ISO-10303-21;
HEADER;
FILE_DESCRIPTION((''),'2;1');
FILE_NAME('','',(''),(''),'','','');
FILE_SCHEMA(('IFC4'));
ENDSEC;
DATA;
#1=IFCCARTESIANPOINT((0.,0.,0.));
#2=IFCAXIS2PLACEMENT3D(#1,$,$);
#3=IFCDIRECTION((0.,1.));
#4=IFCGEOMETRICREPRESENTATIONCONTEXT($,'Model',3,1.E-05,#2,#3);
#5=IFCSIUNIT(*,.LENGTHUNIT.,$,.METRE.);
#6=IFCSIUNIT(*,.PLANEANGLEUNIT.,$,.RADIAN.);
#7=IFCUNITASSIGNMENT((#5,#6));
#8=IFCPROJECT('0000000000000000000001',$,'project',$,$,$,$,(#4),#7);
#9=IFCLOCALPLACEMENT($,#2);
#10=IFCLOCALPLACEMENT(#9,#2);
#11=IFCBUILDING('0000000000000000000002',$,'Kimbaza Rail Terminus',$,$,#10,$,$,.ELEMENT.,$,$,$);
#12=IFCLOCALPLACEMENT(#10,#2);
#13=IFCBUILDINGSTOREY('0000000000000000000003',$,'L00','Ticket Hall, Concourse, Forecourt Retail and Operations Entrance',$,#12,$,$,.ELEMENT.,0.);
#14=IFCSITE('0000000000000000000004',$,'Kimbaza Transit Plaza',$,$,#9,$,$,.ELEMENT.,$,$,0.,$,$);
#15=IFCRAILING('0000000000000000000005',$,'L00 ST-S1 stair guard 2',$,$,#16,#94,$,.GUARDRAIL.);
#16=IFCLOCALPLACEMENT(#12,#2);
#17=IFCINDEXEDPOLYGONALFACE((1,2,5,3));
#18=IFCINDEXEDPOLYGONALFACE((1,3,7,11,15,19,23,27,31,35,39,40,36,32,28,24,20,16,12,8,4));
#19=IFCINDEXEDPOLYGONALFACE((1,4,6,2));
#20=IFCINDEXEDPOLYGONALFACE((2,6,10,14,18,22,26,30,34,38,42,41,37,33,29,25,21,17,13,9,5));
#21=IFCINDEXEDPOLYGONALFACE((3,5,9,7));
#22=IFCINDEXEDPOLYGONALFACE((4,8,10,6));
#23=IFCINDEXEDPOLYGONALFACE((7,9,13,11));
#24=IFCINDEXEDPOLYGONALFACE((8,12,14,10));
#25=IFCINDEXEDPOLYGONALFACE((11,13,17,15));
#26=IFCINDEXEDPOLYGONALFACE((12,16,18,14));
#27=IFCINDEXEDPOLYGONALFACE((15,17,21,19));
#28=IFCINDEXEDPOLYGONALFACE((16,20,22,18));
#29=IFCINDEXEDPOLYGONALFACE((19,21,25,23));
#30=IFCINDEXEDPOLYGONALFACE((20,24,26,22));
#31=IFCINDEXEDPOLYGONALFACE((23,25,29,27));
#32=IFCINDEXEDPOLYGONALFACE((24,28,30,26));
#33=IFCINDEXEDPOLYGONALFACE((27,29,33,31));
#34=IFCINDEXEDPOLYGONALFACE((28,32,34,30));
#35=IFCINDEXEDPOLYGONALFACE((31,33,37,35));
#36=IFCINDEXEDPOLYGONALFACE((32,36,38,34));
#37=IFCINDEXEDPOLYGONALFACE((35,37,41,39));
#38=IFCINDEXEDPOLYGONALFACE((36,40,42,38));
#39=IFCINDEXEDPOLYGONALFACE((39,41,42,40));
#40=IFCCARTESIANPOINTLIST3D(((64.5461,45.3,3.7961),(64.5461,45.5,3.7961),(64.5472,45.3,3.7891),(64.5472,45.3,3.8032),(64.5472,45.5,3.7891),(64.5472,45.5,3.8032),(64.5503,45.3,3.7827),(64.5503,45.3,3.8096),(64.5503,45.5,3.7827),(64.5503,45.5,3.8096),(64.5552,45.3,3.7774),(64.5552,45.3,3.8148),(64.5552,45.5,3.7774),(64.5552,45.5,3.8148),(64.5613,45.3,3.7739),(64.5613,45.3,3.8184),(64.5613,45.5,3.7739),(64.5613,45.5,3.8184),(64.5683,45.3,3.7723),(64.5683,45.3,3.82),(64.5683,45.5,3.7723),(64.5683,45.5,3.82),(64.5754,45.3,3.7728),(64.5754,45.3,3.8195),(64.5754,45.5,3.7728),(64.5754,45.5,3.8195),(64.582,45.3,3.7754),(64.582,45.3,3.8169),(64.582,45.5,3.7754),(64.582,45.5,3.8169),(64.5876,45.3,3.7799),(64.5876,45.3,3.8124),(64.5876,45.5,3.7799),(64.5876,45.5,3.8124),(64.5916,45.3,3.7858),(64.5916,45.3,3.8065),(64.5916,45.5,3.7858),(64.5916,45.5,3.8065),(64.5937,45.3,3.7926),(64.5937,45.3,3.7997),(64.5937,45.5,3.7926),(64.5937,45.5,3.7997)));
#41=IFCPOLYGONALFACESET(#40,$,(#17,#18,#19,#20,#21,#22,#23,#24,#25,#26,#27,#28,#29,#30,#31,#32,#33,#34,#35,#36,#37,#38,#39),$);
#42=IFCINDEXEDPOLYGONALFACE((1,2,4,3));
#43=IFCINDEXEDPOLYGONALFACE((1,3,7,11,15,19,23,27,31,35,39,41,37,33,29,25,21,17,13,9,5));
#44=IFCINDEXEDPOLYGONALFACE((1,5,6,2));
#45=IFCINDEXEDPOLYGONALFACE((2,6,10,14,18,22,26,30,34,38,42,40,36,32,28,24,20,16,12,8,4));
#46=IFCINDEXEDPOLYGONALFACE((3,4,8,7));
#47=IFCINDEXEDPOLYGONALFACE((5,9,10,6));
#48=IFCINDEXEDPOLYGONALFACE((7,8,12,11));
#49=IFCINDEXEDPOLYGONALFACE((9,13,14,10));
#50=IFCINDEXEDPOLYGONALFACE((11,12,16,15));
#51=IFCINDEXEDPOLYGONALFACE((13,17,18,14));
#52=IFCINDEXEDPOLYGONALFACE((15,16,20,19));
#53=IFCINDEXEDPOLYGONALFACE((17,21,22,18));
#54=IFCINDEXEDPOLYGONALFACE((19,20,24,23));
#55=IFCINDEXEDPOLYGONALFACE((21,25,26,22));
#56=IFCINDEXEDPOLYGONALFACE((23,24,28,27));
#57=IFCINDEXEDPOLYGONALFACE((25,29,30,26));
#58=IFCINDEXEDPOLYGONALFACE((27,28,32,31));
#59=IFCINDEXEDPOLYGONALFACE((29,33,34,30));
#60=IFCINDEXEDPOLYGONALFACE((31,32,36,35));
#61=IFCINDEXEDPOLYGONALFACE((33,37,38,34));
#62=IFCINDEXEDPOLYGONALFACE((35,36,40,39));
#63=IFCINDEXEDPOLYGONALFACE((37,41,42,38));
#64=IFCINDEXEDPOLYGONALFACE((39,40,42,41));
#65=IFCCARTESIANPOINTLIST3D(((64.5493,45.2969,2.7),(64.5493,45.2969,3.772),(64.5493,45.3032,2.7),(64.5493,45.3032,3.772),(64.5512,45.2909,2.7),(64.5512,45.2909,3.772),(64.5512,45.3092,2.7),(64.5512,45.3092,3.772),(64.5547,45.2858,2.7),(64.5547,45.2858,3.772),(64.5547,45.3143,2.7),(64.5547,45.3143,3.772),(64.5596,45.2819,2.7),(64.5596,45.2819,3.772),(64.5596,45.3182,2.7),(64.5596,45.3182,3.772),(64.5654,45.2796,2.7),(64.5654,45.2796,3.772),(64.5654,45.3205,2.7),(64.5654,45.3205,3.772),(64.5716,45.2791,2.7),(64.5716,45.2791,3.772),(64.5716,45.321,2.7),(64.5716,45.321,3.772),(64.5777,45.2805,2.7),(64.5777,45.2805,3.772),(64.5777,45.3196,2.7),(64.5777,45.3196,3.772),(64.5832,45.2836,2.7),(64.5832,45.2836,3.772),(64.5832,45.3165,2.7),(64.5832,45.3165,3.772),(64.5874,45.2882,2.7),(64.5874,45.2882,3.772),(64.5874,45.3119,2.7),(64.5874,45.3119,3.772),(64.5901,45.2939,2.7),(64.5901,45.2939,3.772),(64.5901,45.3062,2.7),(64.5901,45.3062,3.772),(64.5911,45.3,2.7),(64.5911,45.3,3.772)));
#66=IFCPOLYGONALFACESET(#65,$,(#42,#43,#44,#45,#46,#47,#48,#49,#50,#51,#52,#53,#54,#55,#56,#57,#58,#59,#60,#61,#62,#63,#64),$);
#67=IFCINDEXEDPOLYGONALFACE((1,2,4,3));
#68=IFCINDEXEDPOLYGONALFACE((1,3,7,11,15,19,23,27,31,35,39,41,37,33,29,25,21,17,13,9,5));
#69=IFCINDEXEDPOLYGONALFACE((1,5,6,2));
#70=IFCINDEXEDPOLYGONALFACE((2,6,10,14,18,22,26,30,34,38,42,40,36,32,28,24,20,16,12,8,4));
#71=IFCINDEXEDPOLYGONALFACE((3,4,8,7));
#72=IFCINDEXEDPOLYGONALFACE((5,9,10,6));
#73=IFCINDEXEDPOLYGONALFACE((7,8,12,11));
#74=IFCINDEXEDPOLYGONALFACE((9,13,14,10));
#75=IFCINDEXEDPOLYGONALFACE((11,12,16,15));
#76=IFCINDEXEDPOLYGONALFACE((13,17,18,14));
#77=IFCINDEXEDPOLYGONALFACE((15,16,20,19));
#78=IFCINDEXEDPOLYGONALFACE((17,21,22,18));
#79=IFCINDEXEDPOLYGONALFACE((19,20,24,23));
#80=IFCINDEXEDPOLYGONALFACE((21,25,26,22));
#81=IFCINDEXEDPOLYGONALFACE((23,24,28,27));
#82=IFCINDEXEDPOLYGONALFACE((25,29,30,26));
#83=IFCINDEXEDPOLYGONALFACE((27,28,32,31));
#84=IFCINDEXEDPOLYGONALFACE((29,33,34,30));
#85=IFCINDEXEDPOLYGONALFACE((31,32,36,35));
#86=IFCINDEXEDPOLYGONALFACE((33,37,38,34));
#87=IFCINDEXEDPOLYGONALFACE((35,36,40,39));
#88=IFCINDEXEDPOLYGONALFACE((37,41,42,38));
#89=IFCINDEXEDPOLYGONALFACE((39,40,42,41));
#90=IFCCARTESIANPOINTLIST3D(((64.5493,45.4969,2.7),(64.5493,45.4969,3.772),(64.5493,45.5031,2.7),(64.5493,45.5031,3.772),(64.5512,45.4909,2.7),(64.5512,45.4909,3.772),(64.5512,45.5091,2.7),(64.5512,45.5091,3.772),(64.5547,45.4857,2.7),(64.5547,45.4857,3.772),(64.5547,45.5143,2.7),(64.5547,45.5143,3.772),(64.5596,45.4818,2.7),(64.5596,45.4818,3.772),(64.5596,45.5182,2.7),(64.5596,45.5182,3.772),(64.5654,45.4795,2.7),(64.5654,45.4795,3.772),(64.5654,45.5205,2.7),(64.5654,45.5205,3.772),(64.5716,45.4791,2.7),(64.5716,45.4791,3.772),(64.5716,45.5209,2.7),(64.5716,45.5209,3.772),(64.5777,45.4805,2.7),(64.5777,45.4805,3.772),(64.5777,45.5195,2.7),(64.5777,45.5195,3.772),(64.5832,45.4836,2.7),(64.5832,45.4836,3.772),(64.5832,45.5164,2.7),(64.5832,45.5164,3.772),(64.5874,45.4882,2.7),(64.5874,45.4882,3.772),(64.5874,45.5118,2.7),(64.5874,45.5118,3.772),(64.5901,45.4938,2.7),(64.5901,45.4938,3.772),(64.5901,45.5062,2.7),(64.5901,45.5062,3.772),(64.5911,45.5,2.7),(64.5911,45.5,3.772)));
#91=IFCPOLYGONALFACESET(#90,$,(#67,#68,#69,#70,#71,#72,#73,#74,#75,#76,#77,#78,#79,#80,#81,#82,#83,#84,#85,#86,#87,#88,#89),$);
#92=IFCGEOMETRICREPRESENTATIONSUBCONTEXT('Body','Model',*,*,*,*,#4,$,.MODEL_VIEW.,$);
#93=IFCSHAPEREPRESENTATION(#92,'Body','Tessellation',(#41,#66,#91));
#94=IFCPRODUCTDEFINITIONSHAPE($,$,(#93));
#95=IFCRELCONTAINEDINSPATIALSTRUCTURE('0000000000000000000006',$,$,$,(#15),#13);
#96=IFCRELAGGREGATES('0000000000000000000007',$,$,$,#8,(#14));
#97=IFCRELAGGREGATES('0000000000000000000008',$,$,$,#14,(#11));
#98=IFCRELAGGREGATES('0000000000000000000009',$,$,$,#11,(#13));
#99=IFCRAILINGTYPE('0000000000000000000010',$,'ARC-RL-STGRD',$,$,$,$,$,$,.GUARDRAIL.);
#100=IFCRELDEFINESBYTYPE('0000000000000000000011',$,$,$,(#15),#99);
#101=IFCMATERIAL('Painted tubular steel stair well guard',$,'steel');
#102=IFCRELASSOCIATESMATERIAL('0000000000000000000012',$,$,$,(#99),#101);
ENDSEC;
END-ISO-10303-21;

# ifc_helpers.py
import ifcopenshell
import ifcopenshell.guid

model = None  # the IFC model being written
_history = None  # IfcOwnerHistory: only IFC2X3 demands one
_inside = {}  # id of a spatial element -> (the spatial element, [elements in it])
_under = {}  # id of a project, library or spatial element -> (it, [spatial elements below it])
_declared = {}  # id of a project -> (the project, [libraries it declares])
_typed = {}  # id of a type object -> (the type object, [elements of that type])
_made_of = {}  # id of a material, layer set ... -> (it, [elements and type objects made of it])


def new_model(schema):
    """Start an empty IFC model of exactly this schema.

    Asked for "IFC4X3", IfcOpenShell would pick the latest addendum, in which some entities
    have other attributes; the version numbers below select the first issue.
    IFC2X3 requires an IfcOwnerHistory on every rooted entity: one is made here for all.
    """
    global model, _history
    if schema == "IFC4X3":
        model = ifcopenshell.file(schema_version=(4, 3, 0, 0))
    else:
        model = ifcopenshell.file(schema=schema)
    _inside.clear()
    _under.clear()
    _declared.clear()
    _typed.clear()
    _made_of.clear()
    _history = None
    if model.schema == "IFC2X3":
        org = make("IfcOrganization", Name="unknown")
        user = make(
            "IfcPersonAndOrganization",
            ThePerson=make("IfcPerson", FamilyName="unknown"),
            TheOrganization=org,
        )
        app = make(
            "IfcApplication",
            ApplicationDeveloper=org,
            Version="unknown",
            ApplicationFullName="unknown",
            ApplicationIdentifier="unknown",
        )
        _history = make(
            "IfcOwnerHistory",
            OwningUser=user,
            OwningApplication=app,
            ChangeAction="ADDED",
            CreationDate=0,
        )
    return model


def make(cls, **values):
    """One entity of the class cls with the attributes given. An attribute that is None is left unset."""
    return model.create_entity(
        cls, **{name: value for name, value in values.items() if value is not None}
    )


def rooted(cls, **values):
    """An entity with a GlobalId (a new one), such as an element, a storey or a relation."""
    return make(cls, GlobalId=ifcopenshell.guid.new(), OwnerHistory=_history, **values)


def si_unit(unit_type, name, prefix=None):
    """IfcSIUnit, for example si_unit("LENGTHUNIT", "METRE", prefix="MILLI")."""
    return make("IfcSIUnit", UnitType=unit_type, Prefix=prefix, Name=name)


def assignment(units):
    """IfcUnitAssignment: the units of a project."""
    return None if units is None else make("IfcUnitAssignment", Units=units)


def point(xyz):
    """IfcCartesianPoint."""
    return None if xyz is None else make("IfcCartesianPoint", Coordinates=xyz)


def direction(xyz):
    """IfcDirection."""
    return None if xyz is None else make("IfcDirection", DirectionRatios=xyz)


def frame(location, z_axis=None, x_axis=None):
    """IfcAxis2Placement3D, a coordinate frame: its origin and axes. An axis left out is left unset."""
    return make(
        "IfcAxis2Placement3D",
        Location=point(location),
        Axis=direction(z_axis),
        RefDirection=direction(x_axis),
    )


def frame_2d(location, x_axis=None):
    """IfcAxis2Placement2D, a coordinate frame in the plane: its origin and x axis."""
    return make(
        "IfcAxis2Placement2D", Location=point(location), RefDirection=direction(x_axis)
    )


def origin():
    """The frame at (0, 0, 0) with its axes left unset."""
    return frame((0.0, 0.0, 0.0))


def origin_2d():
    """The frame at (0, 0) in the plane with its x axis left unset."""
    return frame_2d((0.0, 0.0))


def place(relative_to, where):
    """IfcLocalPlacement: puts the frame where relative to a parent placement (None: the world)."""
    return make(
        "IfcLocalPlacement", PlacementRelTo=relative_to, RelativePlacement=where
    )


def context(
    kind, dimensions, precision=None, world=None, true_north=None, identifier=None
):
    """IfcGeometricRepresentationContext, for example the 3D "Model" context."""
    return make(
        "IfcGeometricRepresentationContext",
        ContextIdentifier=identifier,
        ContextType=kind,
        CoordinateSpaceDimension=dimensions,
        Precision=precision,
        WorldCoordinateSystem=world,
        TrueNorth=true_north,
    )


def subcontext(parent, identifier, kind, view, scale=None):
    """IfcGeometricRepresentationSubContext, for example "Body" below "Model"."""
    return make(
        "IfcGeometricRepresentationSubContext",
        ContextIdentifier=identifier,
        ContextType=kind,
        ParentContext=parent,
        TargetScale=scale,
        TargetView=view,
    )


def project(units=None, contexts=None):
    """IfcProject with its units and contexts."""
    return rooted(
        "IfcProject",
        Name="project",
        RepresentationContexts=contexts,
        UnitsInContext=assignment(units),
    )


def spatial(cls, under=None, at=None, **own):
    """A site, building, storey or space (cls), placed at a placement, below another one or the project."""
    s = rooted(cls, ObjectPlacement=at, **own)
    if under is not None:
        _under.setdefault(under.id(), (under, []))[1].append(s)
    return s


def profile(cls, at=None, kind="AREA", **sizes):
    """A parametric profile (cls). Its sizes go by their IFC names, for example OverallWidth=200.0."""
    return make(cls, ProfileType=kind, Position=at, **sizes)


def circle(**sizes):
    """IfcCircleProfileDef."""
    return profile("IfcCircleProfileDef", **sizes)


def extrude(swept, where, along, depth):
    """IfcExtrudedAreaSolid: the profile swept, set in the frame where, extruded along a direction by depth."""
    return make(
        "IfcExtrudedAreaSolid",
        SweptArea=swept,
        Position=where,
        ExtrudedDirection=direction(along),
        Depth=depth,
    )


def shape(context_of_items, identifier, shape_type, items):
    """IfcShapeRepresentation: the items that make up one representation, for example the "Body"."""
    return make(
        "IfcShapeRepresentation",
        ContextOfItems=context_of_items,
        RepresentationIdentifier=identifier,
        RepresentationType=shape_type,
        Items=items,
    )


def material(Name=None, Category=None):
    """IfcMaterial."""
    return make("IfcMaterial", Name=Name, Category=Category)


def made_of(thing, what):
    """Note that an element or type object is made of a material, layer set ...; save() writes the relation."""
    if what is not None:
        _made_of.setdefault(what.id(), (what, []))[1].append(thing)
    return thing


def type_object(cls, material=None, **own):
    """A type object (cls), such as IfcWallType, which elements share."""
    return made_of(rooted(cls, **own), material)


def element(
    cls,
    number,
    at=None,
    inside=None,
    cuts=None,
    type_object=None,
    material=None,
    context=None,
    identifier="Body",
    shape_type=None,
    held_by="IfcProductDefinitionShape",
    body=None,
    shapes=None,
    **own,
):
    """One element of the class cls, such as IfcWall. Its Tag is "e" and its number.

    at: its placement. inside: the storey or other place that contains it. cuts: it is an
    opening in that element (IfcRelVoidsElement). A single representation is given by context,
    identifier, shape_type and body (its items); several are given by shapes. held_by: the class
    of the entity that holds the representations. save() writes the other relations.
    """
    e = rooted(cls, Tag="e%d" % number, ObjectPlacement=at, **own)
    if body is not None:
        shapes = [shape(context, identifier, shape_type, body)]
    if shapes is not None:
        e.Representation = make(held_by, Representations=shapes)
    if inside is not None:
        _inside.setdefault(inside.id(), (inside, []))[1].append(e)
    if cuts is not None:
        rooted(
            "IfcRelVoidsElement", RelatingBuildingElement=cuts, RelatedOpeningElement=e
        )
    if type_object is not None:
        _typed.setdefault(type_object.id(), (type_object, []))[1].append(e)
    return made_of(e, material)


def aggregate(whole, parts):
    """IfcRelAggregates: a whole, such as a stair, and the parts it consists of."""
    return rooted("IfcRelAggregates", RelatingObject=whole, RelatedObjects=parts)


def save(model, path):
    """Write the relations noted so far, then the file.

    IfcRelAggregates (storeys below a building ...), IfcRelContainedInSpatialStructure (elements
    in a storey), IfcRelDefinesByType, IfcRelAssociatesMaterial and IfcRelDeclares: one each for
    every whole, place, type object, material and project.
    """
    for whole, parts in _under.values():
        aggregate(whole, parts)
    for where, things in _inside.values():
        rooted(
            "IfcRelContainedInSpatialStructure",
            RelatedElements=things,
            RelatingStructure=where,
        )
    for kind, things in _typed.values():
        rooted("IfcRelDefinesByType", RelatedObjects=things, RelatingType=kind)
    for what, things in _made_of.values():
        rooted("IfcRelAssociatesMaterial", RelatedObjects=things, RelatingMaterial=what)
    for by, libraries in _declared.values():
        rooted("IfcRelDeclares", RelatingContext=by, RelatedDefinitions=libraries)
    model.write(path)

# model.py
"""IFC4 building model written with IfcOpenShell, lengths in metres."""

from ifc_helpers import new_model, si_unit, direction, frame, origin, origin_2d, place, context, subcontext, project, spatial, circle, extrude, material, type_object, element, save


model = new_model("IFC4")

# Units and contexts
model_context = context("Model", 3, precision=1e-05, world=origin(), true_north=direction((0.0, 1.0)))
body_context = subcontext(model_context, "Body", "Model", "MODEL_VIEW")
ifc_project = project(units=[si_unit("LENGTHUNIT", "METRE"), si_unit("PLANEANGLEUNIT", "RADIAN")], contexts=[model_context])

# Site, building, storey
site_placement = place(None, origin())
site = spatial("IfcSite", under=ifc_project, at=site_placement, Name="Kimbaza Transit Plaza", CompositionType="ELEMENT", RefElevation=0.0)
building_placement = place(site_placement, origin())
building = spatial("IfcBuilding", under=site, at=building_placement, Name="Kimbaza Rail Terminus", CompositionType="ELEMENT")
storey_placement = place(building_placement, origin())
storey = spatial("IfcBuildingStorey", under=building, at=storey_placement, Name="L00", Description="Ticket Hall, Concourse, Forecourt Retail and Operations Entrance", CompositionType="ELEMENT", Elevation=0.0)

# Railing
ifc_material_1 = material(Name="Painted tubular steel stair well guard", Category="steel")
railing_type_1 = type_object("IfcRailingType", Name="ARC-RL-STGRD", PredefinedType="GUARDRAIL", material=ifc_material_1)
railing_1_placement = place(storey_placement, frame((64.5701, 45.3, 2.7)))
element("IfcRailing", 1, at=railing_1_placement, inside=storey, type_object=railing_type_1, Name="L00 ST-S1 stair guard 2", PredefinedType="GUARDRAIL", context=body_context, shape_type="SweptSolid", body=[
    extrude(circle(Radius=0.0239, at=origin_2d()), frame((0.0, 0.0, 1.0962), z_axis=(0.0, 1.0, 0.0), x_axis=(-1.0, 0.0, 0.0)), (0.0, 0.0, 1.0), 0.2),
    extrude(circle(Radius=0.021, at=origin_2d()), origin(), (0.0, 0.0, 1.0), 1.072),
    extrude(circle(Radius=0.021, at=origin_2d()), frame((0.0, 0.2, 0.0)), (0.0, 0.0, 1.0), 1.072),
])

save(model, "model.ifc")
